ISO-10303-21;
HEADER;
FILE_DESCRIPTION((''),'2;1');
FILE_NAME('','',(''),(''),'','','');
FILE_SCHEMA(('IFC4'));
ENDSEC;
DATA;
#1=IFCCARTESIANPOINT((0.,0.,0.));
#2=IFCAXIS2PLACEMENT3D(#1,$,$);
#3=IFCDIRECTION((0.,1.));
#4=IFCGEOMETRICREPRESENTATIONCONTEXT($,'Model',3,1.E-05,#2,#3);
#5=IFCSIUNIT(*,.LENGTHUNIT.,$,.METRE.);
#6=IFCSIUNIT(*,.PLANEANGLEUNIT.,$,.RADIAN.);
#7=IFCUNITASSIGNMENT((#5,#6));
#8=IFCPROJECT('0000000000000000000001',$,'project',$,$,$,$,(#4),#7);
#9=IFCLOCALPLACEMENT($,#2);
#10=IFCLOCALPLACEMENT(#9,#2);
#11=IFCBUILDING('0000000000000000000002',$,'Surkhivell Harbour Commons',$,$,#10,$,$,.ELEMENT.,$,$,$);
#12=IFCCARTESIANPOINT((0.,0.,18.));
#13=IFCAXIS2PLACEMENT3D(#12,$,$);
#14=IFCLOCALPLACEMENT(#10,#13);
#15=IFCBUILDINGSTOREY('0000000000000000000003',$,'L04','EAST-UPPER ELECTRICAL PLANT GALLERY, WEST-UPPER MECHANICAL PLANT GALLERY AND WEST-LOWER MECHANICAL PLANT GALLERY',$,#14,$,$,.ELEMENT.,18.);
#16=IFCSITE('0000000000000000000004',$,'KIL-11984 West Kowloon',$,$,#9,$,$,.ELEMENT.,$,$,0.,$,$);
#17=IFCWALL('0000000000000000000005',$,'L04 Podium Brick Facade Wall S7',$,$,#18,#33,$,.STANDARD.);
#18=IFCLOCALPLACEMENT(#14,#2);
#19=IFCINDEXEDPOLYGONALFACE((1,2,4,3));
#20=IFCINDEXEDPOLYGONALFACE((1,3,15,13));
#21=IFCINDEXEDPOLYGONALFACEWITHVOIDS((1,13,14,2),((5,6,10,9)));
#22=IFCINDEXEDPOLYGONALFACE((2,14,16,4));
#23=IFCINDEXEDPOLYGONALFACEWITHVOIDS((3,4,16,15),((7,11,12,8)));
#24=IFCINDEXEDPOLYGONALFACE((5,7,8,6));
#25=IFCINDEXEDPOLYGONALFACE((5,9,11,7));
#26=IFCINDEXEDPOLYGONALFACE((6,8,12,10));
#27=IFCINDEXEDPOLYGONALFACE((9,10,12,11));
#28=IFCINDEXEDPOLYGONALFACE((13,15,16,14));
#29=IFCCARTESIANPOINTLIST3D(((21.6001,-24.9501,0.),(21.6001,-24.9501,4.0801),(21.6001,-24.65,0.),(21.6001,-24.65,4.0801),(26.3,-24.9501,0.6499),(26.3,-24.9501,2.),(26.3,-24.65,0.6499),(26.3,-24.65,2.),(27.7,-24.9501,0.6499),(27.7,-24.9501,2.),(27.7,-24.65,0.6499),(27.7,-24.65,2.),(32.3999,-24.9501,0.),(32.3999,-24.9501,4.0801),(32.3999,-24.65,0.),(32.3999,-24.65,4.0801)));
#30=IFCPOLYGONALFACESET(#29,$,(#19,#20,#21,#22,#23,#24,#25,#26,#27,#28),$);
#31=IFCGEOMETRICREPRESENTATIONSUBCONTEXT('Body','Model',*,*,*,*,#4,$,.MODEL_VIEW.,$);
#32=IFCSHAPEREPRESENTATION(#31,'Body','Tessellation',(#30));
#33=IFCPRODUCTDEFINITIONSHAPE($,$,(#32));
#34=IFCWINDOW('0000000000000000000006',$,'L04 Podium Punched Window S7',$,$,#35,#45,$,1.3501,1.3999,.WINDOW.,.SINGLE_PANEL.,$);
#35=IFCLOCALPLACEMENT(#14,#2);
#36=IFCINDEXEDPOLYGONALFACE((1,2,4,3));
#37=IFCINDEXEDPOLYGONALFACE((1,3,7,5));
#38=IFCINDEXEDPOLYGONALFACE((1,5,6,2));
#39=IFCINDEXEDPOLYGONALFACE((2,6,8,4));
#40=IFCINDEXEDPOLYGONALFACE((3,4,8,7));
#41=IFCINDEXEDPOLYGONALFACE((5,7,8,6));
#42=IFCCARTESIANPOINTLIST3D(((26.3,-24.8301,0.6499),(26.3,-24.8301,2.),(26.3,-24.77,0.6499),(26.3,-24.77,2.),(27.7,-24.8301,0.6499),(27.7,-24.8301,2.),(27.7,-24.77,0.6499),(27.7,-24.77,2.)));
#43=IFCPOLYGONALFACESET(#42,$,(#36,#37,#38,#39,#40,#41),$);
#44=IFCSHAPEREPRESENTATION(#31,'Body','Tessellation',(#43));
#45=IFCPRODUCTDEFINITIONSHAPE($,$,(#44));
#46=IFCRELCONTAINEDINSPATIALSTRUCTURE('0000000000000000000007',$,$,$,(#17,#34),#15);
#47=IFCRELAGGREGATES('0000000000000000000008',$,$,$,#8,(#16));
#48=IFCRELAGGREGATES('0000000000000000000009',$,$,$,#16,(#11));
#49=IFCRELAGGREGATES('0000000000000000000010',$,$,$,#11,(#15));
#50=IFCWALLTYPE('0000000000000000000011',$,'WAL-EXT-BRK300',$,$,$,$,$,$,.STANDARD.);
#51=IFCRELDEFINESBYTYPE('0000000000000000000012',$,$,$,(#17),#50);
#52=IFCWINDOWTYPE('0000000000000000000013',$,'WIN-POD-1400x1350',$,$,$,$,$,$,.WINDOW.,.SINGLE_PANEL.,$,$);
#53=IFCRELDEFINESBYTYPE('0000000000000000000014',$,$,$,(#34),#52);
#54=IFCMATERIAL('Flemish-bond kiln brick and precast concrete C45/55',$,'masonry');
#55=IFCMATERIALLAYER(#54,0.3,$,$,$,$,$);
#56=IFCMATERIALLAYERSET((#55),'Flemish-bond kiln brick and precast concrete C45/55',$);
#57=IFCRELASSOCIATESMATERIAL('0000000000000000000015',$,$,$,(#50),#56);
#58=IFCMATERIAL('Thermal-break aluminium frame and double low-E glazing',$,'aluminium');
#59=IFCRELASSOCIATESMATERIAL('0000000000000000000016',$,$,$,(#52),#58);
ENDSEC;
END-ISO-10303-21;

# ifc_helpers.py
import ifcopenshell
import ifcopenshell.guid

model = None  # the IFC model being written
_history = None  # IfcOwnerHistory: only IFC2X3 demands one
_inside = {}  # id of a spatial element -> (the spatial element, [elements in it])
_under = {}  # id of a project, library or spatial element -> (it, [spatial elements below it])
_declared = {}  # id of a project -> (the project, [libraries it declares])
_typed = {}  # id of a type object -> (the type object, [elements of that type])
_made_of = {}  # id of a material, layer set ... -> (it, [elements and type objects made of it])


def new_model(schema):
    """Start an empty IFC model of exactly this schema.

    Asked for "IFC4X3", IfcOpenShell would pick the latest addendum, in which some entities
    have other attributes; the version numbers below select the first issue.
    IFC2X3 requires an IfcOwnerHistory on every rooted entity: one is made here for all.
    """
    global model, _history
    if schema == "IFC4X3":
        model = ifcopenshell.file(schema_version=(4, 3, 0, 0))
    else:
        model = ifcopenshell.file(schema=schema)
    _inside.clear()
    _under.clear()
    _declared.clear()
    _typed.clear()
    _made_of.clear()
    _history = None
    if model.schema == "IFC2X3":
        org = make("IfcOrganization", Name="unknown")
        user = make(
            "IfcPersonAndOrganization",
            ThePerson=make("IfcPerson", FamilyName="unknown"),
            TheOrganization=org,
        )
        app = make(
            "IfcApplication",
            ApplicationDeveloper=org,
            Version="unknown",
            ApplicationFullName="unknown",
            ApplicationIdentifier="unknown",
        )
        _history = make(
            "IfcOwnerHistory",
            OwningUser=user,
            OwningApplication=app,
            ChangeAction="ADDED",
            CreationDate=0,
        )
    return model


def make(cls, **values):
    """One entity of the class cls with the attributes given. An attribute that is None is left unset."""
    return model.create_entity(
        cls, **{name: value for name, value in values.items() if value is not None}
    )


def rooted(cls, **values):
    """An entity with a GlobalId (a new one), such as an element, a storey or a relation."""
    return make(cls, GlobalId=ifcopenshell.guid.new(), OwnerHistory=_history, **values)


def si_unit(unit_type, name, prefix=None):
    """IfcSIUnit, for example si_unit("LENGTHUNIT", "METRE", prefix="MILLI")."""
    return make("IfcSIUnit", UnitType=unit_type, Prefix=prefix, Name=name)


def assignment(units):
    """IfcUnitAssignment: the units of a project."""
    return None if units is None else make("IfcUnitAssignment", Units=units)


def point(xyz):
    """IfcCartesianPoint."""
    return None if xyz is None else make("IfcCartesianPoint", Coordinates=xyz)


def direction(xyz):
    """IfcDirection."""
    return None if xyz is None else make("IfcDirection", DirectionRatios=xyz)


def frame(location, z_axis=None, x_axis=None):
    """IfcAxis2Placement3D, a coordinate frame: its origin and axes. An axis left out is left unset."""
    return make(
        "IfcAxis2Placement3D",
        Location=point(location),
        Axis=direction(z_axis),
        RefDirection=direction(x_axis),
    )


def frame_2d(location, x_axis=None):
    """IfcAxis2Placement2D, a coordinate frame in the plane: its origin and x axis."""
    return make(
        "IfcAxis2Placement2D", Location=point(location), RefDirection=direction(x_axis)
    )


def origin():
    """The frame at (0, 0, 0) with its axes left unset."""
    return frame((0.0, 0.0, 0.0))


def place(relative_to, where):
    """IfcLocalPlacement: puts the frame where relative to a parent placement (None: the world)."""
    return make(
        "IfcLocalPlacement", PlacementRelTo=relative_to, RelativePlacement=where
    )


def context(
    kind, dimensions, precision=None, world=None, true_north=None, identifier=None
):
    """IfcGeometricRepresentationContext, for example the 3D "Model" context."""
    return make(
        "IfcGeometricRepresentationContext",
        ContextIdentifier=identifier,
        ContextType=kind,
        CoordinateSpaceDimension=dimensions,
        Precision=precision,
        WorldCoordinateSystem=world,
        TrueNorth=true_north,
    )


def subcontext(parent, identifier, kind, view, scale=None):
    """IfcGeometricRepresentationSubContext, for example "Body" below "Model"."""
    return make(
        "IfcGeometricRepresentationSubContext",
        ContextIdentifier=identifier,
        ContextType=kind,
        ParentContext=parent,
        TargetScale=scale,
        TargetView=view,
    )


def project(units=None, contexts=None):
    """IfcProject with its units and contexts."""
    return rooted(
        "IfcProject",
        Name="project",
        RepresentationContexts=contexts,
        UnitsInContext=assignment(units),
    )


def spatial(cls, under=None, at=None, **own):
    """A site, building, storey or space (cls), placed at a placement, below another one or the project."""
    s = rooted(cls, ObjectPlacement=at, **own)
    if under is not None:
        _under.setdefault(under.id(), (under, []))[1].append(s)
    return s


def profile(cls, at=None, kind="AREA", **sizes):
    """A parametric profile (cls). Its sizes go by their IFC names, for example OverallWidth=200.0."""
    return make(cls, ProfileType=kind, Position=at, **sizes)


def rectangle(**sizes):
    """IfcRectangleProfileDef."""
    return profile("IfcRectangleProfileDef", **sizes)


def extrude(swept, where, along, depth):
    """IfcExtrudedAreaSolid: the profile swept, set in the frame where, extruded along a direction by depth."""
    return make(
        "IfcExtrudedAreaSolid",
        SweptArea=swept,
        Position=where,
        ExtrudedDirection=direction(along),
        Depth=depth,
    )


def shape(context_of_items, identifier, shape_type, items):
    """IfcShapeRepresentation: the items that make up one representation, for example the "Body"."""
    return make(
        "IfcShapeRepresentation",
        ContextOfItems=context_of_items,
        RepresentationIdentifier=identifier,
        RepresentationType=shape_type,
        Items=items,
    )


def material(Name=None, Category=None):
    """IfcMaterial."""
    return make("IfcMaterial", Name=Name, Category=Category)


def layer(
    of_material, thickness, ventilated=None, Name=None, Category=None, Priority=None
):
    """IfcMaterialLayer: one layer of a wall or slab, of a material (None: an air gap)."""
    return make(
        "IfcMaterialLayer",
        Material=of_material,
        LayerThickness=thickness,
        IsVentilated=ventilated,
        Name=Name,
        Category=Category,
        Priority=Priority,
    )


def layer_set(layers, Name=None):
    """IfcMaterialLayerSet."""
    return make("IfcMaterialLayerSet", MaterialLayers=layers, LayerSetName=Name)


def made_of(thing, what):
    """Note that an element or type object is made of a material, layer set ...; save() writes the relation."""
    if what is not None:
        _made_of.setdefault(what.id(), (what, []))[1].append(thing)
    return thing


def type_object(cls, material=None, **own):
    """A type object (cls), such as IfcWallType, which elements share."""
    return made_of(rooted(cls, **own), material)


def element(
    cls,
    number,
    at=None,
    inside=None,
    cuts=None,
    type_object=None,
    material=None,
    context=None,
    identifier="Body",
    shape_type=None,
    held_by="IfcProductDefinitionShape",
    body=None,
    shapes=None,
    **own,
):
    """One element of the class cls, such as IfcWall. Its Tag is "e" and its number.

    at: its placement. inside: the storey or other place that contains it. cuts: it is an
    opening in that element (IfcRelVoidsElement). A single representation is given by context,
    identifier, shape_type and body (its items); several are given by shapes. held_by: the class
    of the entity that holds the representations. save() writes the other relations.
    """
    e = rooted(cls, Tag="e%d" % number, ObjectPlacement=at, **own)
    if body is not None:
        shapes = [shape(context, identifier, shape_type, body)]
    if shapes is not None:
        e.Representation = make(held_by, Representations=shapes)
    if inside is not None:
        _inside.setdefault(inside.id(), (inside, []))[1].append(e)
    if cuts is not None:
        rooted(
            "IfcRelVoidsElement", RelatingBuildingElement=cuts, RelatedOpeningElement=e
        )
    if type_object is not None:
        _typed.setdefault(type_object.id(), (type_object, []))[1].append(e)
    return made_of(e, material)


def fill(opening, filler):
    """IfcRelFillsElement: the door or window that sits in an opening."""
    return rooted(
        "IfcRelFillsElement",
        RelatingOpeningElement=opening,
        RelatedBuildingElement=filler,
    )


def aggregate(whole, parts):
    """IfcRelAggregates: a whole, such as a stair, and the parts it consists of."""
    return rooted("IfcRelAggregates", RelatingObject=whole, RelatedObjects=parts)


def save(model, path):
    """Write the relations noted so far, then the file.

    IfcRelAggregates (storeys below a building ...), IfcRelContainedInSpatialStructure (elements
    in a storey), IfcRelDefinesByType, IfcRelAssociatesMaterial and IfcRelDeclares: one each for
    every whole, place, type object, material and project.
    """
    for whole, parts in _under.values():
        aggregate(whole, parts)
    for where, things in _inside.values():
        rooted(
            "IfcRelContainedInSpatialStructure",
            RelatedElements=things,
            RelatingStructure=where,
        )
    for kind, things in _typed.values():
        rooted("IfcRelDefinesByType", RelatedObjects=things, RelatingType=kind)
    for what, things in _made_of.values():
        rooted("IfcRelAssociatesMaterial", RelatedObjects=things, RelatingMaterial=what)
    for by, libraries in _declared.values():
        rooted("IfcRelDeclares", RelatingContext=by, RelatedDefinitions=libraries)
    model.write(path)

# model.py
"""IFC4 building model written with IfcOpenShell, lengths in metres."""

from ifc_helpers import new_model, si_unit, direction, frame, frame_2d, origin, place, context, subcontext, project, spatial, rectangle, extrude, material, layer, layer_set, type_object, element, fill, save


model = new_model("IFC4")

# Units and contexts
model_context = context("Model", 3, precision=1e-05, world=origin(), true_north=direction((0.0, 1.0)))
body_context = subcontext(model_context, "Body", "Model", "MODEL_VIEW")
ifc_project = project(units=[si_unit("LENGTHUNIT", "METRE"), si_unit("PLANEANGLEUNIT", "RADIAN")], contexts=[model_context])

# Site, building, storey
site_placement = place(None, origin())
site = spatial("IfcSite", under=ifc_project, at=site_placement, Name="KIL-11984 West Kowloon", CompositionType="ELEMENT", RefElevation=0.0)
building_placement = place(site_placement, origin())
building = spatial("IfcBuilding", under=site, at=building_placement, Name="Surkhivell Harbour Commons", CompositionType="ELEMENT")
storey_placement = place(building_placement, frame((0.0, 0.0, 18.0)))
storey = spatial("IfcBuildingStorey", under=building, at=storey_placement, Name="L04", Description="EAST-UPPER ELECTRICAL PLANT GALLERY, WEST-UPPER MECHANICAL PLANT GALLERY AND WEST-LOWER MECHANICAL PLANT GALLERY", CompositionType="ELEMENT", Elevation=18.0)

# Wall, opening, window
ifc_material_1 = material(Name="Flemish-bond kiln brick and precast concrete C45/55", Category="masonry")
ifc_layer_1 = layer(ifc_material_1, 0.3)
ifc_layer_set_1 = layer_set([ifc_layer_1], Name="Flemish-bond kiln brick and precast concrete C45/55")
wall_type = type_object("IfcWallType", Name="WAL-EXT-BRK300", PredefinedType="STANDARD", material=ifc_layer_set_1)
wall_placement = place(storey_placement, frame((32.3999, -24.8, 0.0), z_axis=(0.0, 0.0, 1.0), x_axis=(-1.0, 0.0, 0.0)))
wall = element("IfcWall", 1, at=wall_placement, inside=storey, type_object=wall_type, Name="L04 Podium Brick Facade Wall S7", PredefinedType="STANDARD", context=body_context, shape_type="SweptSolid", body=[
    extrude(rectangle(XDim=10.7998, YDim=0.3, at=frame_2d((5.3999, 0.0))), origin(), (0.0, 0.0, 1.0), 4.0801),
])
opening_placement = place(wall_placement, frame((4.7, 0.0, 0.6499)))
opening = element("IfcOpeningElement", 2, at=opening_placement, cuts=wall, PredefinedType="OPENING", context=body_context, shape_type="SweptSolid", body=[
    extrude(rectangle(XDim=1.3999, YDim=1.3501, at=frame_2d((0.7, 0.675))), frame((0.0, 0.1599, 0.0), z_axis=(0.0, -1.0, 0.0), x_axis=(1.0, 0.0, 0.0)), (0.0, 0.0, 1.0), 0.3201),
])
ifc_material_2 = material(Name="Thermal-break aluminium frame and double low-E glazing", Category="aluminium")
window_type = type_object("IfcWindowType", Name="WIN-POD-1400x1350", PartitioningType="SINGLE_PANEL", PredefinedType="WINDOW", material=ifc_material_2)
window_placement = place(opening_placement, origin())
window = element("IfcWindow", 3, at=window_placement, inside=storey, type_object=window_type, Name="L04 Podium Punched Window S7", OverallHeight=1.3501, OverallWidth=1.3999, PartitioningType="SINGLE_PANEL", PredefinedType="WINDOW", context=body_context, shape_type="SweptSolid", body=[
    extrude(rectangle(XDim=1.3999, YDim=1.3501, at=frame_2d((0.7, 0.675))), frame((0.0, 0.03, 0.0), z_axis=(0.0, -1.0, 0.0), x_axis=(1.0, 0.0, 0.0)), (0.0, 0.0, 1.0), 0.0601),
])
fill(opening, window)

save(model, "model.ifc")
